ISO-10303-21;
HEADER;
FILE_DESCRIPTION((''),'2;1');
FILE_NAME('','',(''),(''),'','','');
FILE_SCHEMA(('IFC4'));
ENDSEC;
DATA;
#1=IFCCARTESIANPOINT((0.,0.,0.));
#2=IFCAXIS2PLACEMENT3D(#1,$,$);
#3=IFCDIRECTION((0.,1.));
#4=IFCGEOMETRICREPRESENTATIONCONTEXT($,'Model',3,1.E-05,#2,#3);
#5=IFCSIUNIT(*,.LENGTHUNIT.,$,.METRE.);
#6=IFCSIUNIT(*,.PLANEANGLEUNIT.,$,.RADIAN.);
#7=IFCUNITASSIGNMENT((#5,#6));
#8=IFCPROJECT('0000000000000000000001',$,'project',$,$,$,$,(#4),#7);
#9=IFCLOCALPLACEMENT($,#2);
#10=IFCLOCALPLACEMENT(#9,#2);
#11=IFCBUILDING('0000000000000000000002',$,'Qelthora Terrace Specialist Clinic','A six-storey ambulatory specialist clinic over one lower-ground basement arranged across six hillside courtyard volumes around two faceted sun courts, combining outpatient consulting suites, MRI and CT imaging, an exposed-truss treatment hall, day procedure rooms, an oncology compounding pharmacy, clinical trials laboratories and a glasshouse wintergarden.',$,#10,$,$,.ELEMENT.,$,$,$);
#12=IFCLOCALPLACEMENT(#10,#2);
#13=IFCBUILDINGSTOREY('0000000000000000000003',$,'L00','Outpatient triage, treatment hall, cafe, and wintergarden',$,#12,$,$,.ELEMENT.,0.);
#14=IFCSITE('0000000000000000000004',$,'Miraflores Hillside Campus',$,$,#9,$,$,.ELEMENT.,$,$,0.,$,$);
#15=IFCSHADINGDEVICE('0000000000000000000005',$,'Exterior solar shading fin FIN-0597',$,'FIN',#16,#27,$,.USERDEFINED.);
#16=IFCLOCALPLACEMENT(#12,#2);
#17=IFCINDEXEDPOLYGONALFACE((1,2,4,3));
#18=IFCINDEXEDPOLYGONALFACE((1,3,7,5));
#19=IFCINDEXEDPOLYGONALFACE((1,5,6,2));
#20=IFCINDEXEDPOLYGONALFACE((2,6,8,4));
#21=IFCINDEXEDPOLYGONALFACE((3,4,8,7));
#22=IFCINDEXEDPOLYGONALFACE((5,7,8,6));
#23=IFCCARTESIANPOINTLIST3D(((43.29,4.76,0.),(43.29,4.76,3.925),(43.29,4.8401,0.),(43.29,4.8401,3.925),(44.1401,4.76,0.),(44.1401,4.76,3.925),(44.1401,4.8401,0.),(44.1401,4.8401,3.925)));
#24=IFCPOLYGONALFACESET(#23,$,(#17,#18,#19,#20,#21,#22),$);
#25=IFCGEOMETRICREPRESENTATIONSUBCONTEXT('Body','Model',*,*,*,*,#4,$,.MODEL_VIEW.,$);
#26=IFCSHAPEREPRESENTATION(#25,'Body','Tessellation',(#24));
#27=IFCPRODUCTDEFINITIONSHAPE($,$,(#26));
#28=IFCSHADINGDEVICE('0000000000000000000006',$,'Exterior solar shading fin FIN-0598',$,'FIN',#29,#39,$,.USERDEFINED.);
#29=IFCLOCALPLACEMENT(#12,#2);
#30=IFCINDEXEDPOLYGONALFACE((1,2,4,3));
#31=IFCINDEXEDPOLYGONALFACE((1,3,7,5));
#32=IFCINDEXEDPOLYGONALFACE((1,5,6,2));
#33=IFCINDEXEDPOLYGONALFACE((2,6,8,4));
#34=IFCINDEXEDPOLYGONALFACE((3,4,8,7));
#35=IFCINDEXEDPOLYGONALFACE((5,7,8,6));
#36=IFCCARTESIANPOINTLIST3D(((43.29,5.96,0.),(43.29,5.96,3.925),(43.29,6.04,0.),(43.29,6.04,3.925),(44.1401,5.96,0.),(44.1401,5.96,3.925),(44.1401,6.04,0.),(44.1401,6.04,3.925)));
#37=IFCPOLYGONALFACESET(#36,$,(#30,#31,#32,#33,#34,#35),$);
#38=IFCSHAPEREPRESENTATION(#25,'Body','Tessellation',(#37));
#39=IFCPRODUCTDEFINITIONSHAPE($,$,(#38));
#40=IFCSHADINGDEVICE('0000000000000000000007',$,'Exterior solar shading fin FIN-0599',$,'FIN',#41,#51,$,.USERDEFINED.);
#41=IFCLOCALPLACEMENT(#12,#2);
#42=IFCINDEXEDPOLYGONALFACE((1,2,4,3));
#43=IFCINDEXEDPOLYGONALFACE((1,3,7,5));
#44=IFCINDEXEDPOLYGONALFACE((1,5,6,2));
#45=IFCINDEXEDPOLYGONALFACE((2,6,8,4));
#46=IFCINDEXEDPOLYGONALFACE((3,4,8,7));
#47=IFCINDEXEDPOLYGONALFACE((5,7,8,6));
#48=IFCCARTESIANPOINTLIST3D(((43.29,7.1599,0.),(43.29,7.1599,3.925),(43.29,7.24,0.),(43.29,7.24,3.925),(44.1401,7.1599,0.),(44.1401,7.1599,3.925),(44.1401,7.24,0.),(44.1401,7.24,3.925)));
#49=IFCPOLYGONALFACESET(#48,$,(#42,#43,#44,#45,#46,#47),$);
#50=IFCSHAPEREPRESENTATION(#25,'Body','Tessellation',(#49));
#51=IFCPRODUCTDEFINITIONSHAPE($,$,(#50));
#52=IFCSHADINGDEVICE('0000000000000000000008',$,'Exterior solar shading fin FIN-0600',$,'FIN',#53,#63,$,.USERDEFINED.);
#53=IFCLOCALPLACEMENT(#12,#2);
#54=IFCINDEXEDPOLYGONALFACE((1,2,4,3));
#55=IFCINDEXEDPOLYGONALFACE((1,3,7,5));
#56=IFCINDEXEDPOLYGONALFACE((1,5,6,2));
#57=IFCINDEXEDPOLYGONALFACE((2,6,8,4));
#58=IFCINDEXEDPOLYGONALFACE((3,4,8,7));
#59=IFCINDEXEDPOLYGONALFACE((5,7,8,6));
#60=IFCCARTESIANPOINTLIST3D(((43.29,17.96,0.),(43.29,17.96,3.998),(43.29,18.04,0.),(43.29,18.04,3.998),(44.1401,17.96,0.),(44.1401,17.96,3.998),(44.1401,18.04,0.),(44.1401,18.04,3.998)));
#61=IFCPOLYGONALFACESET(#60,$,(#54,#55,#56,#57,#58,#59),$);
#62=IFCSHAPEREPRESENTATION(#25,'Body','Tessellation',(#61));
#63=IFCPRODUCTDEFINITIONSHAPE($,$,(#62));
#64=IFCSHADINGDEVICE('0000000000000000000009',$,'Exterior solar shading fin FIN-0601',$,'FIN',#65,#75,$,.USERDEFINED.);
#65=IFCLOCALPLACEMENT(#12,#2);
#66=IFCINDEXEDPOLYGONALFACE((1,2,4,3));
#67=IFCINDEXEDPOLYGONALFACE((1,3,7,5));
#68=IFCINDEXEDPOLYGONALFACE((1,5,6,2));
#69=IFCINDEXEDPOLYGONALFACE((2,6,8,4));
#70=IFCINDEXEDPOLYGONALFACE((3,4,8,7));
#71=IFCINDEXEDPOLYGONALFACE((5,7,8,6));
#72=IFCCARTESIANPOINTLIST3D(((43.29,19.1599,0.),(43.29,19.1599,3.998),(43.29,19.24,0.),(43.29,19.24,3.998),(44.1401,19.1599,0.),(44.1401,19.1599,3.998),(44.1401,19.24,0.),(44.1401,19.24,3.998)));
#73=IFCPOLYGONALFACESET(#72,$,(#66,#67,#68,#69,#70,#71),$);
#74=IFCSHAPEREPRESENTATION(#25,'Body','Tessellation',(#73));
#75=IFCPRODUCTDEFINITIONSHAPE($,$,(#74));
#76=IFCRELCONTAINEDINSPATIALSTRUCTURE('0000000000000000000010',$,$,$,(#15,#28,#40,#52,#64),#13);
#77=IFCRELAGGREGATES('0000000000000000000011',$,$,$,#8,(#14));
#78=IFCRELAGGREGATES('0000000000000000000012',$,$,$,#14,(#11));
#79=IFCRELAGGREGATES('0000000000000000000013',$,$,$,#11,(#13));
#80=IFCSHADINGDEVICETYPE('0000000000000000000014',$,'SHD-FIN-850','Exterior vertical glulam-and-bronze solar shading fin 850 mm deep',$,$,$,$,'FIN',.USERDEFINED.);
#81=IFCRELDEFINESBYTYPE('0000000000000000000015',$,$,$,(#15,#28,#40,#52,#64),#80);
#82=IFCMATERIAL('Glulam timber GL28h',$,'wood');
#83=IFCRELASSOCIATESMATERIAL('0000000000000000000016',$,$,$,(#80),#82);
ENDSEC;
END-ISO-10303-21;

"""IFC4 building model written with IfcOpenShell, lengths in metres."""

from ifc_helpers import new_model, si_unit, direction, frame, origin, origin_2d, place, context, subcontext, project, spatial, rectangle, extrude, material, type_object, element, save


model = new_model("IFC4")

# Units and contexts
model_context = context("Model", 3, precision=1e-05, world=origin(), true_north=direction((0.0, 1.0)))
body_context = subcontext(model_context, "Body", "Model", "MODEL_VIEW")
ifc_project = project(units=[si_unit("LENGTHUNIT", "METRE"), si_unit("PLANEANGLEUNIT", "RADIAN")], contexts=[model_context])

# Site, building, storey
site_placement = place(None, origin())
site = spatial("IfcSite", under=ifc_project, at=site_placement, Name="Miraflores Hillside Campus", CompositionType="ELEMENT", RefElevation=0.0)
building_placement = place(site_placement, origin())
building = spatial("IfcBuilding", under=site, at=building_placement, Name="Qelthora Terrace Specialist Clinic", Description="A six-storey ambulatory specialist clinic over one lower-ground basement arranged across six hillside courtyard volumes around two faceted sun courts, combining outpatient consulting suites, MRI and CT imaging, an exposed-truss treatment hall, day procedure rooms, an oncology compounding pharmacy, clinical trials laboratories and a glasshouse wintergarden.", CompositionType="ELEMENT")
storey_placement = place(building_placement, origin())
storey = spatial("IfcBuildingStorey", under=building, at=storey_placement, Name="L00", Description="Outpatient triage, treatment hall, cafe, and wintergarden", CompositionType="ELEMENT", Elevation=0.0)

# Shading devices
ifc_material_1 = material(Name="Glulam timber GL28h", Category="wood")
shading_device_type = type_object("IfcShadingDeviceType", Name="SHD-FIN-850", Description="Exterior vertical glulam-and-bronze solar shading fin 850 mm deep", ElementType="FIN", PredefinedType="USERDEFINED", material=ifc_material_1)
for number, where, z_axis, x_axis, name in (
    (1, (43.7151, 4.8, 0.0), (0.0, 0.0, 1.0), (1.0, 0.0, 0.0), "Exterior solar shading fin FIN-0597"),
    (2, (43.7151, 6.0, 0.0), (0.0, 0.0, 1.0), (1.0, 0.0, 0.0), "Exterior solar shading fin FIN-0598"),
    (3, (43.7151, 7.2, 0.0), (0.0, 0.0, 1.0), (1.0, 0.0, 0.0), "Exterior solar shading fin FIN-0599"),
):
    element("IfcShadingDevice", number, at=place(storey_placement, frame(where, z_axis=z_axis, x_axis=x_axis)), inside=storey, type_object=shading_device_type, Name=name, ObjectType="FIN", PredefinedType="USERDEFINED", context=body_context, shape_type="SweptSolid", body=[
        extrude(rectangle(XDim=0.8501, YDim=0.0801, at=origin_2d()), origin(), (0.0, 0.0, 1.0), 3.925),
    ])
for number, where, z_axis, x_axis, name in (
    (4, (43.7151, 18.0, 0.0), (0.0, 0.0, 1.0), (1.0, 0.0, 0.0), "Exterior solar shading fin FIN-0600"),
    (5, (43.7151, 19.2, 0.0), (0.0, 0.0, 1.0), (1.0, 0.0, 0.0), "Exterior solar shading fin FIN-0601"),
):
    element("IfcShadingDevice", number, at=place(storey_placement, frame(where, z_axis=z_axis, x_axis=x_axis)), inside=storey, type_object=shading_device_type, Name=name, ObjectType="FIN", PredefinedType="USERDEFINED", context=body_context, shape_type="SweptSolid", body=[
        extrude(rectangle(XDim=0.8501, YDim=0.0801, at=origin_2d()), origin(), (0.0, 0.0, 1.0), 3.998),
    ])

save(model, "model.ifc")
